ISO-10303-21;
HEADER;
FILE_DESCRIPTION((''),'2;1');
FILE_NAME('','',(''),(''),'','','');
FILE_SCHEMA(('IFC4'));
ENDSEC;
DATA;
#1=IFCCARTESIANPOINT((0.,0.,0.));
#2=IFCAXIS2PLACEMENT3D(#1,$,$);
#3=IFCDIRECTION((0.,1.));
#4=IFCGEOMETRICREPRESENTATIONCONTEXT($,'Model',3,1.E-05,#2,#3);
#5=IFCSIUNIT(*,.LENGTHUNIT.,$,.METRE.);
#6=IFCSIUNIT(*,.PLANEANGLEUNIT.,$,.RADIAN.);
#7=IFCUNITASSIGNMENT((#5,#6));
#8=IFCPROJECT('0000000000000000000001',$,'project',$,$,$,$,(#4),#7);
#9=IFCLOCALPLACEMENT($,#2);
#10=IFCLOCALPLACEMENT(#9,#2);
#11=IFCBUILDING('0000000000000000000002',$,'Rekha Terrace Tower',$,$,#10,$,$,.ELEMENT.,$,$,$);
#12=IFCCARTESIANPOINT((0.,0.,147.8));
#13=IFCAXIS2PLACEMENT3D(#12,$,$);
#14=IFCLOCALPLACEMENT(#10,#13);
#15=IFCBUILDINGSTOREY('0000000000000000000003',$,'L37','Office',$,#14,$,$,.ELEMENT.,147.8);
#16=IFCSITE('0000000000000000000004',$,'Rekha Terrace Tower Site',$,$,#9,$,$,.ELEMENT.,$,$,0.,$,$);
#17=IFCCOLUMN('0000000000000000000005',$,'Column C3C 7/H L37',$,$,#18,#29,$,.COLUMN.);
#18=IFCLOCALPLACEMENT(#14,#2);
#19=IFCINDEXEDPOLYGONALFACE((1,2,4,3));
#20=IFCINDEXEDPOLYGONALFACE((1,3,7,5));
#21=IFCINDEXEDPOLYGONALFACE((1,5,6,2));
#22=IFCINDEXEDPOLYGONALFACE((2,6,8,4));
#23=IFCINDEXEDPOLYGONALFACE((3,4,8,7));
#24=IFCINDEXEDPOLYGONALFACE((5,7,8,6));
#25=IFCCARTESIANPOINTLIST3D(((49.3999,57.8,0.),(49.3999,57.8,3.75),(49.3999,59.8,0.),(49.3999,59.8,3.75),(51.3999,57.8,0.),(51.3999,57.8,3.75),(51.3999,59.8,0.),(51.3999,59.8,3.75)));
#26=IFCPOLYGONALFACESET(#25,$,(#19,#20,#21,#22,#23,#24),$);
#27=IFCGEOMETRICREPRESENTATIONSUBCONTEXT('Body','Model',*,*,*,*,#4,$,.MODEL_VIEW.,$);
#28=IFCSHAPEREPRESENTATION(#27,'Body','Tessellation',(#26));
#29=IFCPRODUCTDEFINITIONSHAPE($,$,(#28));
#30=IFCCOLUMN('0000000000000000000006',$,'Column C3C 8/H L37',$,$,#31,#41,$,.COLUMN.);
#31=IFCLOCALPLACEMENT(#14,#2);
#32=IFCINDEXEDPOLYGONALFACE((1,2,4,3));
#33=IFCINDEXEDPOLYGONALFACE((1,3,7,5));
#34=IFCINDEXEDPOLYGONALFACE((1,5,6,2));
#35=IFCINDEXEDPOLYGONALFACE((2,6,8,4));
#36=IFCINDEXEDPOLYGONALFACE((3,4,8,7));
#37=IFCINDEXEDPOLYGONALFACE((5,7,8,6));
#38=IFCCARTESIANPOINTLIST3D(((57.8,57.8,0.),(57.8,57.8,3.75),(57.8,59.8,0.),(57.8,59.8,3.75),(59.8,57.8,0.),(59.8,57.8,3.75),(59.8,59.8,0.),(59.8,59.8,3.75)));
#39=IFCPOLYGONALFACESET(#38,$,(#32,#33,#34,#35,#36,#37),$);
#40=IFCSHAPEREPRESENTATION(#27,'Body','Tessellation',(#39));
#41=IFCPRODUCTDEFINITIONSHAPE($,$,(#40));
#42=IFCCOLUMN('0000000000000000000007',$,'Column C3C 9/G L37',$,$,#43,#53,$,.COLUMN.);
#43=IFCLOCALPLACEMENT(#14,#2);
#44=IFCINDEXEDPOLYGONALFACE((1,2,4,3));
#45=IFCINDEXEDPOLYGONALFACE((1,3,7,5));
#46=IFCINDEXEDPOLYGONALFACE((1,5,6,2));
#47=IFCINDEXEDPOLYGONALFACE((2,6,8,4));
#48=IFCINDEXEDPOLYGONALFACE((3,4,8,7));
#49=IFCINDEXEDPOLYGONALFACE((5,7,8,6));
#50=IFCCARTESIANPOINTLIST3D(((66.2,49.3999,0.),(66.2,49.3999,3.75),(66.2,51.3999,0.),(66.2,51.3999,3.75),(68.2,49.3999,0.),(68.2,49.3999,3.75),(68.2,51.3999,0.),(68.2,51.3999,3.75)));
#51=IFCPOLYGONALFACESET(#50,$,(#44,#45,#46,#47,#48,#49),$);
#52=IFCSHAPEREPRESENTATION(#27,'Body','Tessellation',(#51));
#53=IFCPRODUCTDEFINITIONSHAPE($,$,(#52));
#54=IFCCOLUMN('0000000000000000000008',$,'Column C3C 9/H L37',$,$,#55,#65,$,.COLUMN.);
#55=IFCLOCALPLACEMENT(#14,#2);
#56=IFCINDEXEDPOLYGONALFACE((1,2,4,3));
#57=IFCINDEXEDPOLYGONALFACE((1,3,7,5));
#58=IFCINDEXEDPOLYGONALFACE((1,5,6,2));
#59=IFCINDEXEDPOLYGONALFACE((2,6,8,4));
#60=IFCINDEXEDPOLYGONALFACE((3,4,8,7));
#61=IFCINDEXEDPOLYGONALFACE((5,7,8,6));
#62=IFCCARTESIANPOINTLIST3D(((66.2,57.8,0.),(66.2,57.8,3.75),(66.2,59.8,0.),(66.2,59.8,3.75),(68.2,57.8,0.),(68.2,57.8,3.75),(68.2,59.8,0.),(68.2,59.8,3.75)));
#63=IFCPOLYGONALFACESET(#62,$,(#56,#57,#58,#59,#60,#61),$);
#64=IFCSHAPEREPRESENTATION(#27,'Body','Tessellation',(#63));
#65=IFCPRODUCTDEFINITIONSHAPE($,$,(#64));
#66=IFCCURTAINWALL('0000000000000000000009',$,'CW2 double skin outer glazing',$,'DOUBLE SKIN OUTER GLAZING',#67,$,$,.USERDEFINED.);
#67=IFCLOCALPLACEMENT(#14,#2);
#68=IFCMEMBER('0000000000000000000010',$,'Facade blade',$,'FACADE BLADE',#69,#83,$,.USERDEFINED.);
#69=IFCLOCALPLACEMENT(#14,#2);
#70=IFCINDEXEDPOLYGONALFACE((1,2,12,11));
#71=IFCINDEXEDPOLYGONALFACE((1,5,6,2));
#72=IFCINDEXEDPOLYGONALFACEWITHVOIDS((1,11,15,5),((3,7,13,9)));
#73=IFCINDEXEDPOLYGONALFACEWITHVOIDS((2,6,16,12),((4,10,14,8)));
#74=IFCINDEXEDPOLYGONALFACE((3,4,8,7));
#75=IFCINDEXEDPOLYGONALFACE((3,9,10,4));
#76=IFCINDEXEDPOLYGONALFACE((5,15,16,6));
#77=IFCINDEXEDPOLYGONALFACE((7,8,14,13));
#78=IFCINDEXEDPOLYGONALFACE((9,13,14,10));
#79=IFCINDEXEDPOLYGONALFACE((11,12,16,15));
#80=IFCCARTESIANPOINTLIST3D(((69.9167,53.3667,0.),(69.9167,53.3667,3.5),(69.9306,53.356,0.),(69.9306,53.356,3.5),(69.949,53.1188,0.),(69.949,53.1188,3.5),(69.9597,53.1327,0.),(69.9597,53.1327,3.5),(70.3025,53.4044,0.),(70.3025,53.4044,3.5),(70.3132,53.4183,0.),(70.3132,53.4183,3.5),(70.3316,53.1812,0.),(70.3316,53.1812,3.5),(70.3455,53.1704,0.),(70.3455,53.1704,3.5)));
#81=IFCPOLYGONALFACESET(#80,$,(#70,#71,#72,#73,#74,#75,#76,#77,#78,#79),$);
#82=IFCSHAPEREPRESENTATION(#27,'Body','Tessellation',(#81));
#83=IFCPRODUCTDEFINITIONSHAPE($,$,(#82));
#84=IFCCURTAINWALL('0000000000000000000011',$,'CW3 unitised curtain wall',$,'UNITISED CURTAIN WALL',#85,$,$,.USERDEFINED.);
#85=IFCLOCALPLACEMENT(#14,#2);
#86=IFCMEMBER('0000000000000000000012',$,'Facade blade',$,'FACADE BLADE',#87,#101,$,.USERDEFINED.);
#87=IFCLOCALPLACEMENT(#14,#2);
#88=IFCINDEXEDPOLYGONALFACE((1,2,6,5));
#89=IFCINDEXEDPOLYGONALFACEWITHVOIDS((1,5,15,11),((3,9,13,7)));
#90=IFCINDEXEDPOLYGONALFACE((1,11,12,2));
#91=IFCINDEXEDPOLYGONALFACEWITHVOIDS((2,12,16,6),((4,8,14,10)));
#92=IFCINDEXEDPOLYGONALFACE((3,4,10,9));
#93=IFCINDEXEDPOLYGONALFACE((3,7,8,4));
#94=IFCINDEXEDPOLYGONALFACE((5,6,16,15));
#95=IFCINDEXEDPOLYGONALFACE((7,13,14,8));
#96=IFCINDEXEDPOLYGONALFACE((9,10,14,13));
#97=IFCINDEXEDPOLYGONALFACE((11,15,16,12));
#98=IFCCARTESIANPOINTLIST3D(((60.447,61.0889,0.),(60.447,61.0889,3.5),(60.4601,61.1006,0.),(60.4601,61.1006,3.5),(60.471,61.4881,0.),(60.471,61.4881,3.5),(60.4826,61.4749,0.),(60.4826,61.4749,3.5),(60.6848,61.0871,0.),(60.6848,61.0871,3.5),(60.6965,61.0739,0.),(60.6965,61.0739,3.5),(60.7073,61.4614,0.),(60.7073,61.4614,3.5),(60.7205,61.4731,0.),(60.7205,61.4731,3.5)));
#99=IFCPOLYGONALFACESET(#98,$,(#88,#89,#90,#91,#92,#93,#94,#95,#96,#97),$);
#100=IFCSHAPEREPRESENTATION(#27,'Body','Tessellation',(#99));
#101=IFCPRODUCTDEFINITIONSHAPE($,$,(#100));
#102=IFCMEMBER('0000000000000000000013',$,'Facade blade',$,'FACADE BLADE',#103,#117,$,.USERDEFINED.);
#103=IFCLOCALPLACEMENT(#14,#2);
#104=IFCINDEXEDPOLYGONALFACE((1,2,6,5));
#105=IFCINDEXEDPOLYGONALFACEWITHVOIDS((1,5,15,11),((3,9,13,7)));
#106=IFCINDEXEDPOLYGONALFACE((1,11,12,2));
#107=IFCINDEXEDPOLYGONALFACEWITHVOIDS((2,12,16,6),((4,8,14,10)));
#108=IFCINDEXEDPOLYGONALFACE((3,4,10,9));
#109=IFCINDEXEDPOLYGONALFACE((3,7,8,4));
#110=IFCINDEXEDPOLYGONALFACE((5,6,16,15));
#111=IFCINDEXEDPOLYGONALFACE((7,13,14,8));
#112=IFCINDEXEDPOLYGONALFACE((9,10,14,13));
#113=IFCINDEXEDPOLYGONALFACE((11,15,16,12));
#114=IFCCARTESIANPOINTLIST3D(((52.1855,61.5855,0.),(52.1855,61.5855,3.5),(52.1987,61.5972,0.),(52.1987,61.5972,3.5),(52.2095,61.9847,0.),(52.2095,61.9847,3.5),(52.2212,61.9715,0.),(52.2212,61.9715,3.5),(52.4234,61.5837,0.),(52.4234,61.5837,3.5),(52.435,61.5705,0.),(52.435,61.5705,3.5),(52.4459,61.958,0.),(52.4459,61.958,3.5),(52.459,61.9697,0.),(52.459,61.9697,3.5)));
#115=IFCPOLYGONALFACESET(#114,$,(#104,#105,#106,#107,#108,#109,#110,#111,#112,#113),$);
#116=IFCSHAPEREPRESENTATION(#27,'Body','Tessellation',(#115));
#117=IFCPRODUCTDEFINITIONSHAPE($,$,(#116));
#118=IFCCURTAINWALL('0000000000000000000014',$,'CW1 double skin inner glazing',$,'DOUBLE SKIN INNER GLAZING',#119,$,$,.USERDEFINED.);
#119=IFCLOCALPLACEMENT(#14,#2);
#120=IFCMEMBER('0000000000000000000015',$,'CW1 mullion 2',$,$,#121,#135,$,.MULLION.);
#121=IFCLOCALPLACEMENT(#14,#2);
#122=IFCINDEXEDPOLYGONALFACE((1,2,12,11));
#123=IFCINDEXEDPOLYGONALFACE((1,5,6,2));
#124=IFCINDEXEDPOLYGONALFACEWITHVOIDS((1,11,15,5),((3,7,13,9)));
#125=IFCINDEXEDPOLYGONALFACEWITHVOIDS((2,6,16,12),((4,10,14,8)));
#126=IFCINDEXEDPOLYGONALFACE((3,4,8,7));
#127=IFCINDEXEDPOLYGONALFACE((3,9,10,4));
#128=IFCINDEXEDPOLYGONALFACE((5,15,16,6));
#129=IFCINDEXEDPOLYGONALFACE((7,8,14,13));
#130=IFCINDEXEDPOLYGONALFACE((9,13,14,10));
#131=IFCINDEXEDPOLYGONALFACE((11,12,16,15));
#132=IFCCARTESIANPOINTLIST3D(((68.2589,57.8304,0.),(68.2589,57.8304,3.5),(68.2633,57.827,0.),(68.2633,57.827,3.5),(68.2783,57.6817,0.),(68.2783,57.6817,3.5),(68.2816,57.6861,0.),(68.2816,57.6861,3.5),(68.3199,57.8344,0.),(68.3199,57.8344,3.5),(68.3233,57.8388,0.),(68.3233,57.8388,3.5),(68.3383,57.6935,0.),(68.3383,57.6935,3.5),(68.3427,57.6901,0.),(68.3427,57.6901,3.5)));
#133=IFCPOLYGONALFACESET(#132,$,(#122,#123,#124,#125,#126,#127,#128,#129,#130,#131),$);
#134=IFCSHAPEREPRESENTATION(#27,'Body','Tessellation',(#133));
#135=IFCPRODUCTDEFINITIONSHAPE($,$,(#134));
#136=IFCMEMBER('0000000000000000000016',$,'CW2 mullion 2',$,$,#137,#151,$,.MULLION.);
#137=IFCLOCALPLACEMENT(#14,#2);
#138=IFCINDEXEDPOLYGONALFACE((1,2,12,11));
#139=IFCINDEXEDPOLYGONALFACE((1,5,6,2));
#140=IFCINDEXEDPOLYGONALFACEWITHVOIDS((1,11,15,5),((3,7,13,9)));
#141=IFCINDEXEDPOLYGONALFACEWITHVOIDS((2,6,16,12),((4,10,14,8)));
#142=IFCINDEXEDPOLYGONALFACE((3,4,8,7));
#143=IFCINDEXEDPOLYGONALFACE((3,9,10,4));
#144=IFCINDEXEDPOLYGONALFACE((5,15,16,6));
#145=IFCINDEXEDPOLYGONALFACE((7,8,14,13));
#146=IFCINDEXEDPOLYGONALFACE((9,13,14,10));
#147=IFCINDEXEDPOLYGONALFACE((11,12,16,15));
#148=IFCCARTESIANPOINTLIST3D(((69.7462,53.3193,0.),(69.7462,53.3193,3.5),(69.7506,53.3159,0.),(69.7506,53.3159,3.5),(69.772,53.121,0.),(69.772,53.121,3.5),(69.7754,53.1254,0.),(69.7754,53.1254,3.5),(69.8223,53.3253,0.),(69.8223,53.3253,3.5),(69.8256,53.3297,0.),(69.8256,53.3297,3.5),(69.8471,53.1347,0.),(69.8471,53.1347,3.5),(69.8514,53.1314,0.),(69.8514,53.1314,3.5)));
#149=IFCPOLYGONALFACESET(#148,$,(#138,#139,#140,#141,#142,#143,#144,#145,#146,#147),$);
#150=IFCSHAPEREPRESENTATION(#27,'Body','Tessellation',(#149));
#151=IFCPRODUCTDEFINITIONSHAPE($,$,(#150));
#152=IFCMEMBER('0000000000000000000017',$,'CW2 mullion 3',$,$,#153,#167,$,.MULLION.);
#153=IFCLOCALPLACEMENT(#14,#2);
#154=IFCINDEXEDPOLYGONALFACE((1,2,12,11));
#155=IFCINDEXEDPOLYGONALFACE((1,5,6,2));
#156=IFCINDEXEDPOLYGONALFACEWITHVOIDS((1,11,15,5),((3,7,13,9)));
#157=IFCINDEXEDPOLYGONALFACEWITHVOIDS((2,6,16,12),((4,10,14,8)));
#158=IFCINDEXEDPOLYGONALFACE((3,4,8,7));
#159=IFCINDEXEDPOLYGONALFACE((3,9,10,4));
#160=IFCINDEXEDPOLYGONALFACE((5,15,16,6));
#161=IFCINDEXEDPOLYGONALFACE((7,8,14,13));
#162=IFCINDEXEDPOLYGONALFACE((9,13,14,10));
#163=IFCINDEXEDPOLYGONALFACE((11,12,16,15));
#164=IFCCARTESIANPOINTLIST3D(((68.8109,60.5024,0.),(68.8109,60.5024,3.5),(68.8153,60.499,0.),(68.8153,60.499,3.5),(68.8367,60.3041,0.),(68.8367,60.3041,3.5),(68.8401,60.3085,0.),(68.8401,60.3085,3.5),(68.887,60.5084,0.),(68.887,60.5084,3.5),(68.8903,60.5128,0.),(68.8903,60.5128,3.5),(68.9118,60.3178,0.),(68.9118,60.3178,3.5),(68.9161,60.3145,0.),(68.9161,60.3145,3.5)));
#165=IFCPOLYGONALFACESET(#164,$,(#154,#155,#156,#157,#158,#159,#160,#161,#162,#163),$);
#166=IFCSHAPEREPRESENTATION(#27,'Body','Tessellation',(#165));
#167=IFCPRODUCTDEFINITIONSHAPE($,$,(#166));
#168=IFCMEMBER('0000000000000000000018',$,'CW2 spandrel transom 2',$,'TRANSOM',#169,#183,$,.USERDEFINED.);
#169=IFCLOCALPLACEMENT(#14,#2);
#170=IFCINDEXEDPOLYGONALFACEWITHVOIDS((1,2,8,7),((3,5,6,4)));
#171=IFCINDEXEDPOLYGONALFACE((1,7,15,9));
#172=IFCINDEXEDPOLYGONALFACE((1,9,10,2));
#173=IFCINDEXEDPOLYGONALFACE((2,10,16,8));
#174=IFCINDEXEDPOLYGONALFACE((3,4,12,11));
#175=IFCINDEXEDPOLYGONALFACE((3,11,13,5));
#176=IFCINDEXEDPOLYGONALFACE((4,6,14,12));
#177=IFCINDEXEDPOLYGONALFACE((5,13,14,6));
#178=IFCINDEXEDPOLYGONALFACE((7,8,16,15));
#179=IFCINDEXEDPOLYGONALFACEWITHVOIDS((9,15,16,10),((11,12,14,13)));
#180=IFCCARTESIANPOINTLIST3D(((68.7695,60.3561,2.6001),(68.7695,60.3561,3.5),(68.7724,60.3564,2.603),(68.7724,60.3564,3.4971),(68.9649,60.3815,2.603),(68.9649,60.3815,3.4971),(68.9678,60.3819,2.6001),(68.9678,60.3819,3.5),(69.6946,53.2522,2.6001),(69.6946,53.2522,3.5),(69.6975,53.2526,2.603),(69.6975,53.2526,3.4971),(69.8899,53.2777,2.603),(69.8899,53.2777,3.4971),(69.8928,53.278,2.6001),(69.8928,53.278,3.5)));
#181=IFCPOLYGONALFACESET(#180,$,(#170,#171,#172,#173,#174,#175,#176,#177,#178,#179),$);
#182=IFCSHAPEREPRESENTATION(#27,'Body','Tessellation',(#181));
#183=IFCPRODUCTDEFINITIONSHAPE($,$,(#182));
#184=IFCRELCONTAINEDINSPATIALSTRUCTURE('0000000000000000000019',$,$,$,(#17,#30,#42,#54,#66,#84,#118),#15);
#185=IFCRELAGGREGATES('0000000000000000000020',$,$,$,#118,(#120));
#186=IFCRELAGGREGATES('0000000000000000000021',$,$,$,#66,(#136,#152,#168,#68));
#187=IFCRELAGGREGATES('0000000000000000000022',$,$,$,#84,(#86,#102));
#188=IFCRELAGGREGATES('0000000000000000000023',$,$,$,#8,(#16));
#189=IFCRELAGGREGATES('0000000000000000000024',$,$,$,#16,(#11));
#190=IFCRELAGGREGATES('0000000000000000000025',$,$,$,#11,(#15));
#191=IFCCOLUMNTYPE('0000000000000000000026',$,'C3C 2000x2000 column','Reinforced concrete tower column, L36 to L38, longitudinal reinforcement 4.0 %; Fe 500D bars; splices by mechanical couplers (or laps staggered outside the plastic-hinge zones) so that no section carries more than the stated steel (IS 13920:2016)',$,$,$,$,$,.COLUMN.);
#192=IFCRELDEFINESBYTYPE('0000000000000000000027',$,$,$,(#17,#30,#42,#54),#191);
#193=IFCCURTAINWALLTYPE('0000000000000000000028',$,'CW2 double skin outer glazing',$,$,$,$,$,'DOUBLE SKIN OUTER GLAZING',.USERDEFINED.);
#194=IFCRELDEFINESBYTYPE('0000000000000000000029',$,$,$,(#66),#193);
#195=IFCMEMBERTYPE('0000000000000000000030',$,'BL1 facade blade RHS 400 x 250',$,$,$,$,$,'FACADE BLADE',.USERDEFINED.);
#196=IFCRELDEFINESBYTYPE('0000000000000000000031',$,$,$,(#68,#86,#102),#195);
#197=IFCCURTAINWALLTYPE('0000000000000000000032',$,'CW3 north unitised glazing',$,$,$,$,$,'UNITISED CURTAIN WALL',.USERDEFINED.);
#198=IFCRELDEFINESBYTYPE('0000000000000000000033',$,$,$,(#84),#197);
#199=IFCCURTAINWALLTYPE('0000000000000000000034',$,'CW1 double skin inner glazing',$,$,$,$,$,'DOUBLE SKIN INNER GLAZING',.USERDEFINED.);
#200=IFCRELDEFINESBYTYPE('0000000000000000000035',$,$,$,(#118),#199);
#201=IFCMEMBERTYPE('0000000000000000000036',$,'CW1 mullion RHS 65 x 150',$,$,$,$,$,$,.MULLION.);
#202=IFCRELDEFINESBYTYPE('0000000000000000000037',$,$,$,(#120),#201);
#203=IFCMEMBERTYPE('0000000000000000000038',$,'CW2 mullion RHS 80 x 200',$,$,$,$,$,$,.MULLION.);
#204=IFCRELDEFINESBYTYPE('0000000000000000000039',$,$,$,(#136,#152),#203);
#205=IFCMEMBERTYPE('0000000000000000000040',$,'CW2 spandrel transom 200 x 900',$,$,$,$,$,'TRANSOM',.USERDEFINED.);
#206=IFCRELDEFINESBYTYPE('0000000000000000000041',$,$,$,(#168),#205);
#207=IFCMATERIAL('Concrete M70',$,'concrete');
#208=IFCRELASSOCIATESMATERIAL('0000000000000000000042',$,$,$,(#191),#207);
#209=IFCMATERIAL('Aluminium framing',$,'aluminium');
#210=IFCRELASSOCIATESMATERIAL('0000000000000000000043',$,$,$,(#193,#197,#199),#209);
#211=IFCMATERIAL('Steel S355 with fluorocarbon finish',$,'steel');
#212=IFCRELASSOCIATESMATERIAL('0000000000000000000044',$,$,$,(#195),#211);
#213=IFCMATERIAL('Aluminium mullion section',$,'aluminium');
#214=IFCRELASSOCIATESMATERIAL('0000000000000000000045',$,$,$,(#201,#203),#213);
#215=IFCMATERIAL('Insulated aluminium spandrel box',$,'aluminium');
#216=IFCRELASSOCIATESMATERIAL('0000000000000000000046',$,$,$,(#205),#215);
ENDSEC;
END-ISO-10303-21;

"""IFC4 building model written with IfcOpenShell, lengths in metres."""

from ifc_helpers import new_model, si_unit, direction, frame, origin, origin_2d, place, context, subcontext, project, spatial, rectangle, hollow_rectangle, extrude, material, material_profile, profile_set, type_object, element, aggregate, save


model = new_model("IFC4")

# Units and contexts
model_context = context("Model", 3, precision=1e-05, world=origin(), true_north=direction((0.0, 1.0)))
body_context = subcontext(model_context, "Body", "Model", "MODEL_VIEW")
ifc_project = project(units=[si_unit("LENGTHUNIT", "METRE"), si_unit("PLANEANGLEUNIT", "RADIAN")], contexts=[model_context])

# Site, building, storey
site_placement = place(None, origin())
site = spatial("IfcSite", under=ifc_project, at=site_placement, Name="Rekha Terrace Tower Site", CompositionType="ELEMENT", RefElevation=0.0)
building_placement = place(site_placement, origin())
building = spatial("IfcBuilding", under=site, at=building_placement, Name="Rekha Terrace Tower", CompositionType="ELEMENT")
storey_placement = place(building_placement, frame((0.0, 0.0, 147.8)))
storey = spatial("IfcBuildingStorey", under=building, at=storey_placement, Name="L37", Description="Office", CompositionType="ELEMENT", Elevation=147.8)

# Columns
ifc_material_1 = material(Name="Concrete M70", Category="concrete")
ifc_material_profile_1 = material_profile(ifc_material_1, rectangle(XDim=2.0, YDim=2.0, at=origin_2d()), Name="RC 2000x2000")
ifc_profile_set_1 = profile_set([ifc_material_profile_1], Name="Concrete M70")
column_type = type_object("IfcColumnType", Name="C3C 2000x2000 column", Description="Reinforced concrete tower column, L36 to L38, longitudinal reinforcement 4.0 %; Fe 500D bars; splices by mechanical couplers (or laps staggered outside the plastic-hinge zones) so that no section carries more than the stated steel (IS 13920:2016)", PredefinedType="COLUMN", material=ifc_profile_set_1)
for number, where, z_axis, x_axis, name in (
    (1, (50.3999, 58.8, 0.0), (0.0, 0.0, 1.0), (1.0, 0.0, 0.0), "Column C3C 7/H L37"),
    (2, (58.8, 58.8, 0.0), (0.0, 0.0, 1.0), (1.0, 0.0, 0.0), "Column C3C 8/H L37"),
    (3, (67.2, 50.3999, 0.0), (0.0, 0.0, 1.0), (1.0, 0.0, 0.0), "Column C3C 9/G L37"),
    (4, (67.2, 58.8, 0.0), (0.0, 0.0, 1.0), (1.0, 0.0, 0.0), "Column C3C 9/H L37"),
):
    element("IfcColumn", number, at=place(storey_placement, frame(where, z_axis=z_axis, x_axis=x_axis)), inside=storey, type_object=column_type, Name=name, PredefinedType="COLUMN", context=body_context, shape_type="SweptSolid", body=[
        extrude(rectangle(XDim=2.0, YDim=2.0, at=origin_2d()), origin(), (0.0, 0.0, 1.0), 3.75),
    ])

# Curtain wall, member
ifc_material_2 = material(Name="Aluminium framing", Category="aluminium")
curtain_wall_type_1 = type_object("IfcCurtainWallType", Name="CW2 double skin outer glazing", ElementType="DOUBLE SKIN OUTER GLAZING", PredefinedType="USERDEFINED", material=ifc_material_2)
curtain_wall_1_placement = place(storey_placement, origin())
curtain_wall_1 = element("IfcCurtainWall", 5, at=curtain_wall_1_placement, inside=storey, type_object=curtain_wall_type_1, Name="CW2 double skin outer glazing", ObjectType="DOUBLE SKIN OUTER GLAZING", PredefinedType="USERDEFINED")
ifc_material_3 = material(Name="Steel S355 with fluorocarbon finish", Category="steel")
ifc_material_profile_2 = material_profile(ifc_material_3, hollow_rectangle(XDim=0.25, YDim=0.3999, WallThickness=0.0125, at=origin_2d()), Name="RHS400x250x12.5")
ifc_profile_set_2 = profile_set([ifc_material_profile_2], Name="Steel S355 with fluorocarbon finish")
member_type_1 = type_object("IfcMemberType", Name="BL1 facade blade RHS 400 x 250", ElementType="FACADE BLADE", PredefinedType="USERDEFINED", material=ifc_profile_set_2)
member_1_placement = place(storey_placement, frame((70.1311, 53.2686, 0.0), z_axis=(0.0, 0.0, 1.0), x_axis=(-0.129119, 0.991629, 0.0)))
member_1 = element("IfcMember", 6, at=member_1_placement, type_object=member_type_1, Name="Facade blade", ObjectType="FACADE BLADE", PredefinedType="USERDEFINED", context=body_context, shape_type="SweptSolid", body=[
    extrude(hollow_rectangle(XDim=0.25, YDim=0.3999, WallThickness=0.0125, at=origin_2d()), origin(), (0.0, 0.0, 1.0), 3.5),
])

# Curtain wall, members
curtain_wall_type_2 = type_object("IfcCurtainWallType", Name="CW3 north unitised glazing", ElementType="UNITISED CURTAIN WALL", PredefinedType="USERDEFINED", material=ifc_material_2)
curtain_wall_2_placement = place(storey_placement, origin())
curtain_wall_2 = element("IfcCurtainWall", 7, at=curtain_wall_2_placement, inside=storey, type_object=curtain_wall_type_2, Name="CW3 unitised curtain wall", ObjectType="UNITISED CURTAIN WALL", PredefinedType="USERDEFINED")
member_2_placement = place(storey_placement, frame((60.5837, 61.281, 0.0), z_axis=(0.0, 0.0, 1.0), x_axis=(-0.998199, 0.059988, 0.0)))
member_2 = element("IfcMember", 8, at=member_2_placement, type_object=member_type_1, Name="Facade blade", ObjectType="FACADE BLADE", PredefinedType="USERDEFINED", context=body_context, shape_type="SweptSolid", body=[
    extrude(hollow_rectangle(XDim=0.25, YDim=0.3999, WallThickness=0.0125, at=origin_2d()), origin(), (0.0, 0.0, 1.0), 3.5),
])
member_3_placement = place(storey_placement, frame((52.3223, 61.7776, 0.0), z_axis=(0.0, 0.0, 1.0), x_axis=(-0.998199, 0.059988, 0.0)))
member_3 = element("IfcMember", 9, at=member_3_placement, type_object=member_type_1, Name="Facade blade", ObjectType="FACADE BLADE", PredefinedType="USERDEFINED", context=body_context, shape_type="SweptSolid", body=[
    extrude(hollow_rectangle(XDim=0.25, YDim=0.3999, WallThickness=0.0125, at=origin_2d()), origin(), (0.0, 0.0, 1.0), 3.5),
])

# Curtain wall, member
curtain_wall_type_3 = type_object("IfcCurtainWallType", Name="CW1 double skin inner glazing", ElementType="DOUBLE SKIN INNER GLAZING", PredefinedType="USERDEFINED", material=ifc_material_2)
curtain_wall_3_placement = place(storey_placement, origin())
curtain_wall_3 = element("IfcCurtainWall", 10, at=curtain_wall_3_placement, inside=storey, type_object=curtain_wall_type_3, Name="CW1 double skin inner glazing", ObjectType="DOUBLE SKIN INNER GLAZING", PredefinedType="USERDEFINED")
ifc_material_4 = material(Name="Aluminium mullion section", Category="aluminium")
ifc_material_profile_3 = material_profile(ifc_material_4, hollow_rectangle(XDim=0.0649, YDim=0.1499, WallThickness=0.0039, at=origin_2d()), Name="AL RHS 65x150")
ifc_profile_set_3 = profile_set([ifc_material_profile_3], Name="Aluminium mullion section")
member_type_2 = type_object("IfcMemberType", Name="CW1 mullion RHS 65 x 150", PredefinedType="MULLION", material=ifc_profile_set_3)
member_4_placement = place(storey_placement, frame((68.3008, 57.7603, 0.0), z_axis=(0.0, 0.0, 1.0), x_axis=(-0.991629, -0.129118, 0.0)))
member_4 = element("IfcMember", 11, at=member_4_placement, type_object=member_type_2, Name="CW1 mullion 2", PredefinedType="MULLION", context=body_context, shape_type="SweptSolid", body=[
    extrude(hollow_rectangle(XDim=0.0649, YDim=0.1499, WallThickness=0.0039, at=origin_2d()), origin(), (0.0, 0.0, 1.0), 3.5),
])

# Members
ifc_material_profile_4 = material_profile(ifc_material_4, hollow_rectangle(XDim=0.0801, YDim=0.2, WallThickness=0.0039, at=origin_2d()), Name="AL RHS 80x200")
ifc_profile_set_4 = profile_set([ifc_material_profile_4], Name="Aluminium mullion section")
member_type_3 = type_object("IfcMemberType", Name="CW2 mullion RHS 80 x 200", PredefinedType="MULLION", material=ifc_profile_set_4)
member_5_placement = place(storey_placement, frame((69.7988, 53.2253, 0.0), z_axis=(0.0, 0.0, 1.0), x_axis=(-0.991629, -0.129118, 0.0)))
member_5 = element("IfcMember", 12, at=member_5_placement, type_object=member_type_3, Name="CW2 mullion 2", PredefinedType="MULLION", context=body_context, shape_type="SweptSolid", body=[
    extrude(hollow_rectangle(XDim=0.0801, YDim=0.2, WallThickness=0.0039, at=origin_2d()), origin(), (0.0, 0.0, 1.0), 3.5),
])
member_6_placement = place(storey_placement, frame((68.8635, 60.4084, 0.0), z_axis=(0.0, 0.0, 1.0), x_axis=(-0.991629, -0.129118, 0.0)))
member_6 = element("IfcMember", 13, at=member_6_placement, type_object=member_type_3, Name="CW2 mullion 3", PredefinedType="MULLION", context=body_context, shape_type="SweptSolid", body=[
    extrude(hollow_rectangle(XDim=0.0801, YDim=0.2, WallThickness=0.0039, at=origin_2d()), origin(), (0.0, 0.0, 1.0), 3.5),
])
ifc_material_5 = material(Name="Insulated aluminium spandrel box", Category="aluminium")
ifc_material_profile_5 = material_profile(ifc_material_5, hollow_rectangle(XDim=0.2, YDim=0.8999, WallThickness=0.0029, at=origin_2d()), Name="AL SPANDREL BOX 200x900")
ifc_profile_set_5 = profile_set([ifc_material_profile_5], Name="Insulated aluminium spandrel box")
member_type_4 = type_object("IfcMemberType", Name="CW2 spandrel transom 200 x 900", ElementType="TRANSOM", PredefinedType="USERDEFINED", material=ifc_profile_set_5)
member_7_placement = place(storey_placement, frame((69.7937, 53.2651, 3.05), z_axis=(-0.129129, 0.991628, 0.0), x_axis=(-0.991628, -0.129129, 0.0)))
member_7 = element("IfcMember", 14, at=member_7_placement, type_object=member_type_4, Name="CW2 spandrel transom 2", ObjectType="TRANSOM", PredefinedType="USERDEFINED", context=body_context, shape_type="SweptSolid", body=[
    extrude(hollow_rectangle(XDim=0.2, YDim=0.8999, WallThickness=0.0029, at=origin_2d()), origin(), (0.0, 0.0, 1.0), 7.1638),
])

aggregate(curtain_wall_3, [member_4])
aggregate(curtain_wall_1, [member_5, member_6, member_7, member_1])
aggregate(curtain_wall_2, [member_2, member_3])

save(model, "model.ifc")
